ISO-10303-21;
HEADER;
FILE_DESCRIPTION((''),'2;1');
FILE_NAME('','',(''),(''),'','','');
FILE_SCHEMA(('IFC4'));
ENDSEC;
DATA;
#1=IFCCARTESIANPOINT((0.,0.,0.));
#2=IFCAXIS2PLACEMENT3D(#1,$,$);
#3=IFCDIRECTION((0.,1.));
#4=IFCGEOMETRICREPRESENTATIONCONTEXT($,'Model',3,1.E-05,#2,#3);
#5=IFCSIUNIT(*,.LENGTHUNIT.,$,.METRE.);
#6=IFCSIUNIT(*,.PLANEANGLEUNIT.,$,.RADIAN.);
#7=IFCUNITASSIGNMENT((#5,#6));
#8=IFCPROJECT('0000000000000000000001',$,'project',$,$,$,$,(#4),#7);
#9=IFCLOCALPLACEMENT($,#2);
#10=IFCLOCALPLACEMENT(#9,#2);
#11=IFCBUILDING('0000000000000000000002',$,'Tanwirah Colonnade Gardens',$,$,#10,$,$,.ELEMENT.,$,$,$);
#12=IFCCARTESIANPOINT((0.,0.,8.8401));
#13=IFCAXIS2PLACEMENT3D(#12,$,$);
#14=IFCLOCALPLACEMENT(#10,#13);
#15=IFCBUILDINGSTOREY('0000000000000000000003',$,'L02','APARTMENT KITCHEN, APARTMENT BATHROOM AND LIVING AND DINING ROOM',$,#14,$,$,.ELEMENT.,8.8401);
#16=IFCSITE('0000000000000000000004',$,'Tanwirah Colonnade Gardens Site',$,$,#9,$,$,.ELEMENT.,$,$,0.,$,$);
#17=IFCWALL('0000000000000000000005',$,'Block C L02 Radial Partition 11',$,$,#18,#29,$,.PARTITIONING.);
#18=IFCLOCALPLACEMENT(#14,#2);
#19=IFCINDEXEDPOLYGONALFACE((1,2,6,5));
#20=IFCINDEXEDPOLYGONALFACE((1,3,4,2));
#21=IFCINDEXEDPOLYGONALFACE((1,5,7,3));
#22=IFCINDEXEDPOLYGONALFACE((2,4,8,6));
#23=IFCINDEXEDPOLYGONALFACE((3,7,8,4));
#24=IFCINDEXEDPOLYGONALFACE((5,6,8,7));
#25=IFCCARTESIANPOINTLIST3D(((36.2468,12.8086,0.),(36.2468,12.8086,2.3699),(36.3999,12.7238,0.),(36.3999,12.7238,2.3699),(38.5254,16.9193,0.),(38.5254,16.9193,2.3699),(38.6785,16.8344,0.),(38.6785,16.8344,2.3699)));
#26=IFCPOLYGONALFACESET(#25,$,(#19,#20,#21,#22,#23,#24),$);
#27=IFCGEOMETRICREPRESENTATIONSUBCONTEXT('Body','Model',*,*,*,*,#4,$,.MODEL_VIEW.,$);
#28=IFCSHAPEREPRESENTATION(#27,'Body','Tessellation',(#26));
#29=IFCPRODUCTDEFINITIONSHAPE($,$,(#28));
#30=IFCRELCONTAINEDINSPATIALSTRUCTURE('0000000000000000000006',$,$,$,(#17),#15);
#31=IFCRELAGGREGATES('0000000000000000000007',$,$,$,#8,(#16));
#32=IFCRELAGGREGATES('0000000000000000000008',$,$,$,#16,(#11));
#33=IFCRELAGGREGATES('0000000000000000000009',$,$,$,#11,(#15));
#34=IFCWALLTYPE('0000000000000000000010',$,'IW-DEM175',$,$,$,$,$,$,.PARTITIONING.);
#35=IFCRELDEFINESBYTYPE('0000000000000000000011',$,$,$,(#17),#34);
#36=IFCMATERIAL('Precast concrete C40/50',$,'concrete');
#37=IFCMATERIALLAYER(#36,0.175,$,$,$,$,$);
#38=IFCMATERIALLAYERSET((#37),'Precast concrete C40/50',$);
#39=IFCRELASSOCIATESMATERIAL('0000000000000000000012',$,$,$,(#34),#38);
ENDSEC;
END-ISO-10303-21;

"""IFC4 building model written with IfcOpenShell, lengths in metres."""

from ifc_helpers import new_model, si_unit, direction, frame, frame_2d, origin, place, context, subcontext, project, spatial, rectangle, extrude, material, layer, layer_set, type_object, element, save


model = new_model("IFC4")

# Units and contexts
model_context = context("Model", 3, precision=1e-05, world=origin(), true_north=direction((0.0, 1.0)))
body_context = subcontext(model_context, "Body", "Model", "MODEL_VIEW")
ifc_project = project(units=[si_unit("LENGTHUNIT", "METRE"), si_unit("PLANEANGLEUNIT", "RADIAN")], contexts=[model_context])

# Site, building, storey
site_placement = place(None, origin())
site = spatial("IfcSite", under=ifc_project, at=site_placement, Name="Tanwirah Colonnade Gardens Site", CompositionType="ELEMENT", RefElevation=0.0)
building_placement = place(site_placement, origin())
building = spatial("IfcBuilding", under=site, at=building_placement, Name="Tanwirah Colonnade Gardens", CompositionType="ELEMENT")
storey_placement = place(building_placement, frame((0.0, 0.0, 8.8401)))
storey = spatial("IfcBuildingStorey", under=building, at=storey_placement, Name="L02", Description="APARTMENT KITCHEN, APARTMENT BATHROOM AND LIVING AND DINING ROOM", CompositionType="ELEMENT", Elevation=8.8401)

# Shared definitions
ifc_material_1 = material(Name="Precast concrete C40/50", Category="concrete")

# Wall
ifc_layer_1 = layer(ifc_material_1, 0.175)
ifc_layer_set_1 = layer_set([ifc_layer_1], Name="Precast concrete C40/50")
wall_type_1 = type_object("IfcWallType", Name="IW-DEM175", PredefinedType="PARTITIONING", material=ifc_layer_set_1)
wall_1_placement = place(storey_placement, frame((38.6021, 16.877, 0.0), z_axis=(0.0, 0.0, 1.0), x_axis=(-0.484814, -0.874618, 0.0)))
element("IfcWall", 1, at=wall_1_placement, inside=storey, type_object=wall_type_1, Name="Block C L02 Radial Partition 11", PredefinedType="PARTITIONING", context=body_context, shape_type="SweptSolid", body=[
    extrude(rectangle(XDim=4.7, YDim=0.175, at=frame_2d((2.3501, 0.0))), origin(), (0.0, 0.0, 1.0), 2.3699),
])

save(model, "model.ifc")
